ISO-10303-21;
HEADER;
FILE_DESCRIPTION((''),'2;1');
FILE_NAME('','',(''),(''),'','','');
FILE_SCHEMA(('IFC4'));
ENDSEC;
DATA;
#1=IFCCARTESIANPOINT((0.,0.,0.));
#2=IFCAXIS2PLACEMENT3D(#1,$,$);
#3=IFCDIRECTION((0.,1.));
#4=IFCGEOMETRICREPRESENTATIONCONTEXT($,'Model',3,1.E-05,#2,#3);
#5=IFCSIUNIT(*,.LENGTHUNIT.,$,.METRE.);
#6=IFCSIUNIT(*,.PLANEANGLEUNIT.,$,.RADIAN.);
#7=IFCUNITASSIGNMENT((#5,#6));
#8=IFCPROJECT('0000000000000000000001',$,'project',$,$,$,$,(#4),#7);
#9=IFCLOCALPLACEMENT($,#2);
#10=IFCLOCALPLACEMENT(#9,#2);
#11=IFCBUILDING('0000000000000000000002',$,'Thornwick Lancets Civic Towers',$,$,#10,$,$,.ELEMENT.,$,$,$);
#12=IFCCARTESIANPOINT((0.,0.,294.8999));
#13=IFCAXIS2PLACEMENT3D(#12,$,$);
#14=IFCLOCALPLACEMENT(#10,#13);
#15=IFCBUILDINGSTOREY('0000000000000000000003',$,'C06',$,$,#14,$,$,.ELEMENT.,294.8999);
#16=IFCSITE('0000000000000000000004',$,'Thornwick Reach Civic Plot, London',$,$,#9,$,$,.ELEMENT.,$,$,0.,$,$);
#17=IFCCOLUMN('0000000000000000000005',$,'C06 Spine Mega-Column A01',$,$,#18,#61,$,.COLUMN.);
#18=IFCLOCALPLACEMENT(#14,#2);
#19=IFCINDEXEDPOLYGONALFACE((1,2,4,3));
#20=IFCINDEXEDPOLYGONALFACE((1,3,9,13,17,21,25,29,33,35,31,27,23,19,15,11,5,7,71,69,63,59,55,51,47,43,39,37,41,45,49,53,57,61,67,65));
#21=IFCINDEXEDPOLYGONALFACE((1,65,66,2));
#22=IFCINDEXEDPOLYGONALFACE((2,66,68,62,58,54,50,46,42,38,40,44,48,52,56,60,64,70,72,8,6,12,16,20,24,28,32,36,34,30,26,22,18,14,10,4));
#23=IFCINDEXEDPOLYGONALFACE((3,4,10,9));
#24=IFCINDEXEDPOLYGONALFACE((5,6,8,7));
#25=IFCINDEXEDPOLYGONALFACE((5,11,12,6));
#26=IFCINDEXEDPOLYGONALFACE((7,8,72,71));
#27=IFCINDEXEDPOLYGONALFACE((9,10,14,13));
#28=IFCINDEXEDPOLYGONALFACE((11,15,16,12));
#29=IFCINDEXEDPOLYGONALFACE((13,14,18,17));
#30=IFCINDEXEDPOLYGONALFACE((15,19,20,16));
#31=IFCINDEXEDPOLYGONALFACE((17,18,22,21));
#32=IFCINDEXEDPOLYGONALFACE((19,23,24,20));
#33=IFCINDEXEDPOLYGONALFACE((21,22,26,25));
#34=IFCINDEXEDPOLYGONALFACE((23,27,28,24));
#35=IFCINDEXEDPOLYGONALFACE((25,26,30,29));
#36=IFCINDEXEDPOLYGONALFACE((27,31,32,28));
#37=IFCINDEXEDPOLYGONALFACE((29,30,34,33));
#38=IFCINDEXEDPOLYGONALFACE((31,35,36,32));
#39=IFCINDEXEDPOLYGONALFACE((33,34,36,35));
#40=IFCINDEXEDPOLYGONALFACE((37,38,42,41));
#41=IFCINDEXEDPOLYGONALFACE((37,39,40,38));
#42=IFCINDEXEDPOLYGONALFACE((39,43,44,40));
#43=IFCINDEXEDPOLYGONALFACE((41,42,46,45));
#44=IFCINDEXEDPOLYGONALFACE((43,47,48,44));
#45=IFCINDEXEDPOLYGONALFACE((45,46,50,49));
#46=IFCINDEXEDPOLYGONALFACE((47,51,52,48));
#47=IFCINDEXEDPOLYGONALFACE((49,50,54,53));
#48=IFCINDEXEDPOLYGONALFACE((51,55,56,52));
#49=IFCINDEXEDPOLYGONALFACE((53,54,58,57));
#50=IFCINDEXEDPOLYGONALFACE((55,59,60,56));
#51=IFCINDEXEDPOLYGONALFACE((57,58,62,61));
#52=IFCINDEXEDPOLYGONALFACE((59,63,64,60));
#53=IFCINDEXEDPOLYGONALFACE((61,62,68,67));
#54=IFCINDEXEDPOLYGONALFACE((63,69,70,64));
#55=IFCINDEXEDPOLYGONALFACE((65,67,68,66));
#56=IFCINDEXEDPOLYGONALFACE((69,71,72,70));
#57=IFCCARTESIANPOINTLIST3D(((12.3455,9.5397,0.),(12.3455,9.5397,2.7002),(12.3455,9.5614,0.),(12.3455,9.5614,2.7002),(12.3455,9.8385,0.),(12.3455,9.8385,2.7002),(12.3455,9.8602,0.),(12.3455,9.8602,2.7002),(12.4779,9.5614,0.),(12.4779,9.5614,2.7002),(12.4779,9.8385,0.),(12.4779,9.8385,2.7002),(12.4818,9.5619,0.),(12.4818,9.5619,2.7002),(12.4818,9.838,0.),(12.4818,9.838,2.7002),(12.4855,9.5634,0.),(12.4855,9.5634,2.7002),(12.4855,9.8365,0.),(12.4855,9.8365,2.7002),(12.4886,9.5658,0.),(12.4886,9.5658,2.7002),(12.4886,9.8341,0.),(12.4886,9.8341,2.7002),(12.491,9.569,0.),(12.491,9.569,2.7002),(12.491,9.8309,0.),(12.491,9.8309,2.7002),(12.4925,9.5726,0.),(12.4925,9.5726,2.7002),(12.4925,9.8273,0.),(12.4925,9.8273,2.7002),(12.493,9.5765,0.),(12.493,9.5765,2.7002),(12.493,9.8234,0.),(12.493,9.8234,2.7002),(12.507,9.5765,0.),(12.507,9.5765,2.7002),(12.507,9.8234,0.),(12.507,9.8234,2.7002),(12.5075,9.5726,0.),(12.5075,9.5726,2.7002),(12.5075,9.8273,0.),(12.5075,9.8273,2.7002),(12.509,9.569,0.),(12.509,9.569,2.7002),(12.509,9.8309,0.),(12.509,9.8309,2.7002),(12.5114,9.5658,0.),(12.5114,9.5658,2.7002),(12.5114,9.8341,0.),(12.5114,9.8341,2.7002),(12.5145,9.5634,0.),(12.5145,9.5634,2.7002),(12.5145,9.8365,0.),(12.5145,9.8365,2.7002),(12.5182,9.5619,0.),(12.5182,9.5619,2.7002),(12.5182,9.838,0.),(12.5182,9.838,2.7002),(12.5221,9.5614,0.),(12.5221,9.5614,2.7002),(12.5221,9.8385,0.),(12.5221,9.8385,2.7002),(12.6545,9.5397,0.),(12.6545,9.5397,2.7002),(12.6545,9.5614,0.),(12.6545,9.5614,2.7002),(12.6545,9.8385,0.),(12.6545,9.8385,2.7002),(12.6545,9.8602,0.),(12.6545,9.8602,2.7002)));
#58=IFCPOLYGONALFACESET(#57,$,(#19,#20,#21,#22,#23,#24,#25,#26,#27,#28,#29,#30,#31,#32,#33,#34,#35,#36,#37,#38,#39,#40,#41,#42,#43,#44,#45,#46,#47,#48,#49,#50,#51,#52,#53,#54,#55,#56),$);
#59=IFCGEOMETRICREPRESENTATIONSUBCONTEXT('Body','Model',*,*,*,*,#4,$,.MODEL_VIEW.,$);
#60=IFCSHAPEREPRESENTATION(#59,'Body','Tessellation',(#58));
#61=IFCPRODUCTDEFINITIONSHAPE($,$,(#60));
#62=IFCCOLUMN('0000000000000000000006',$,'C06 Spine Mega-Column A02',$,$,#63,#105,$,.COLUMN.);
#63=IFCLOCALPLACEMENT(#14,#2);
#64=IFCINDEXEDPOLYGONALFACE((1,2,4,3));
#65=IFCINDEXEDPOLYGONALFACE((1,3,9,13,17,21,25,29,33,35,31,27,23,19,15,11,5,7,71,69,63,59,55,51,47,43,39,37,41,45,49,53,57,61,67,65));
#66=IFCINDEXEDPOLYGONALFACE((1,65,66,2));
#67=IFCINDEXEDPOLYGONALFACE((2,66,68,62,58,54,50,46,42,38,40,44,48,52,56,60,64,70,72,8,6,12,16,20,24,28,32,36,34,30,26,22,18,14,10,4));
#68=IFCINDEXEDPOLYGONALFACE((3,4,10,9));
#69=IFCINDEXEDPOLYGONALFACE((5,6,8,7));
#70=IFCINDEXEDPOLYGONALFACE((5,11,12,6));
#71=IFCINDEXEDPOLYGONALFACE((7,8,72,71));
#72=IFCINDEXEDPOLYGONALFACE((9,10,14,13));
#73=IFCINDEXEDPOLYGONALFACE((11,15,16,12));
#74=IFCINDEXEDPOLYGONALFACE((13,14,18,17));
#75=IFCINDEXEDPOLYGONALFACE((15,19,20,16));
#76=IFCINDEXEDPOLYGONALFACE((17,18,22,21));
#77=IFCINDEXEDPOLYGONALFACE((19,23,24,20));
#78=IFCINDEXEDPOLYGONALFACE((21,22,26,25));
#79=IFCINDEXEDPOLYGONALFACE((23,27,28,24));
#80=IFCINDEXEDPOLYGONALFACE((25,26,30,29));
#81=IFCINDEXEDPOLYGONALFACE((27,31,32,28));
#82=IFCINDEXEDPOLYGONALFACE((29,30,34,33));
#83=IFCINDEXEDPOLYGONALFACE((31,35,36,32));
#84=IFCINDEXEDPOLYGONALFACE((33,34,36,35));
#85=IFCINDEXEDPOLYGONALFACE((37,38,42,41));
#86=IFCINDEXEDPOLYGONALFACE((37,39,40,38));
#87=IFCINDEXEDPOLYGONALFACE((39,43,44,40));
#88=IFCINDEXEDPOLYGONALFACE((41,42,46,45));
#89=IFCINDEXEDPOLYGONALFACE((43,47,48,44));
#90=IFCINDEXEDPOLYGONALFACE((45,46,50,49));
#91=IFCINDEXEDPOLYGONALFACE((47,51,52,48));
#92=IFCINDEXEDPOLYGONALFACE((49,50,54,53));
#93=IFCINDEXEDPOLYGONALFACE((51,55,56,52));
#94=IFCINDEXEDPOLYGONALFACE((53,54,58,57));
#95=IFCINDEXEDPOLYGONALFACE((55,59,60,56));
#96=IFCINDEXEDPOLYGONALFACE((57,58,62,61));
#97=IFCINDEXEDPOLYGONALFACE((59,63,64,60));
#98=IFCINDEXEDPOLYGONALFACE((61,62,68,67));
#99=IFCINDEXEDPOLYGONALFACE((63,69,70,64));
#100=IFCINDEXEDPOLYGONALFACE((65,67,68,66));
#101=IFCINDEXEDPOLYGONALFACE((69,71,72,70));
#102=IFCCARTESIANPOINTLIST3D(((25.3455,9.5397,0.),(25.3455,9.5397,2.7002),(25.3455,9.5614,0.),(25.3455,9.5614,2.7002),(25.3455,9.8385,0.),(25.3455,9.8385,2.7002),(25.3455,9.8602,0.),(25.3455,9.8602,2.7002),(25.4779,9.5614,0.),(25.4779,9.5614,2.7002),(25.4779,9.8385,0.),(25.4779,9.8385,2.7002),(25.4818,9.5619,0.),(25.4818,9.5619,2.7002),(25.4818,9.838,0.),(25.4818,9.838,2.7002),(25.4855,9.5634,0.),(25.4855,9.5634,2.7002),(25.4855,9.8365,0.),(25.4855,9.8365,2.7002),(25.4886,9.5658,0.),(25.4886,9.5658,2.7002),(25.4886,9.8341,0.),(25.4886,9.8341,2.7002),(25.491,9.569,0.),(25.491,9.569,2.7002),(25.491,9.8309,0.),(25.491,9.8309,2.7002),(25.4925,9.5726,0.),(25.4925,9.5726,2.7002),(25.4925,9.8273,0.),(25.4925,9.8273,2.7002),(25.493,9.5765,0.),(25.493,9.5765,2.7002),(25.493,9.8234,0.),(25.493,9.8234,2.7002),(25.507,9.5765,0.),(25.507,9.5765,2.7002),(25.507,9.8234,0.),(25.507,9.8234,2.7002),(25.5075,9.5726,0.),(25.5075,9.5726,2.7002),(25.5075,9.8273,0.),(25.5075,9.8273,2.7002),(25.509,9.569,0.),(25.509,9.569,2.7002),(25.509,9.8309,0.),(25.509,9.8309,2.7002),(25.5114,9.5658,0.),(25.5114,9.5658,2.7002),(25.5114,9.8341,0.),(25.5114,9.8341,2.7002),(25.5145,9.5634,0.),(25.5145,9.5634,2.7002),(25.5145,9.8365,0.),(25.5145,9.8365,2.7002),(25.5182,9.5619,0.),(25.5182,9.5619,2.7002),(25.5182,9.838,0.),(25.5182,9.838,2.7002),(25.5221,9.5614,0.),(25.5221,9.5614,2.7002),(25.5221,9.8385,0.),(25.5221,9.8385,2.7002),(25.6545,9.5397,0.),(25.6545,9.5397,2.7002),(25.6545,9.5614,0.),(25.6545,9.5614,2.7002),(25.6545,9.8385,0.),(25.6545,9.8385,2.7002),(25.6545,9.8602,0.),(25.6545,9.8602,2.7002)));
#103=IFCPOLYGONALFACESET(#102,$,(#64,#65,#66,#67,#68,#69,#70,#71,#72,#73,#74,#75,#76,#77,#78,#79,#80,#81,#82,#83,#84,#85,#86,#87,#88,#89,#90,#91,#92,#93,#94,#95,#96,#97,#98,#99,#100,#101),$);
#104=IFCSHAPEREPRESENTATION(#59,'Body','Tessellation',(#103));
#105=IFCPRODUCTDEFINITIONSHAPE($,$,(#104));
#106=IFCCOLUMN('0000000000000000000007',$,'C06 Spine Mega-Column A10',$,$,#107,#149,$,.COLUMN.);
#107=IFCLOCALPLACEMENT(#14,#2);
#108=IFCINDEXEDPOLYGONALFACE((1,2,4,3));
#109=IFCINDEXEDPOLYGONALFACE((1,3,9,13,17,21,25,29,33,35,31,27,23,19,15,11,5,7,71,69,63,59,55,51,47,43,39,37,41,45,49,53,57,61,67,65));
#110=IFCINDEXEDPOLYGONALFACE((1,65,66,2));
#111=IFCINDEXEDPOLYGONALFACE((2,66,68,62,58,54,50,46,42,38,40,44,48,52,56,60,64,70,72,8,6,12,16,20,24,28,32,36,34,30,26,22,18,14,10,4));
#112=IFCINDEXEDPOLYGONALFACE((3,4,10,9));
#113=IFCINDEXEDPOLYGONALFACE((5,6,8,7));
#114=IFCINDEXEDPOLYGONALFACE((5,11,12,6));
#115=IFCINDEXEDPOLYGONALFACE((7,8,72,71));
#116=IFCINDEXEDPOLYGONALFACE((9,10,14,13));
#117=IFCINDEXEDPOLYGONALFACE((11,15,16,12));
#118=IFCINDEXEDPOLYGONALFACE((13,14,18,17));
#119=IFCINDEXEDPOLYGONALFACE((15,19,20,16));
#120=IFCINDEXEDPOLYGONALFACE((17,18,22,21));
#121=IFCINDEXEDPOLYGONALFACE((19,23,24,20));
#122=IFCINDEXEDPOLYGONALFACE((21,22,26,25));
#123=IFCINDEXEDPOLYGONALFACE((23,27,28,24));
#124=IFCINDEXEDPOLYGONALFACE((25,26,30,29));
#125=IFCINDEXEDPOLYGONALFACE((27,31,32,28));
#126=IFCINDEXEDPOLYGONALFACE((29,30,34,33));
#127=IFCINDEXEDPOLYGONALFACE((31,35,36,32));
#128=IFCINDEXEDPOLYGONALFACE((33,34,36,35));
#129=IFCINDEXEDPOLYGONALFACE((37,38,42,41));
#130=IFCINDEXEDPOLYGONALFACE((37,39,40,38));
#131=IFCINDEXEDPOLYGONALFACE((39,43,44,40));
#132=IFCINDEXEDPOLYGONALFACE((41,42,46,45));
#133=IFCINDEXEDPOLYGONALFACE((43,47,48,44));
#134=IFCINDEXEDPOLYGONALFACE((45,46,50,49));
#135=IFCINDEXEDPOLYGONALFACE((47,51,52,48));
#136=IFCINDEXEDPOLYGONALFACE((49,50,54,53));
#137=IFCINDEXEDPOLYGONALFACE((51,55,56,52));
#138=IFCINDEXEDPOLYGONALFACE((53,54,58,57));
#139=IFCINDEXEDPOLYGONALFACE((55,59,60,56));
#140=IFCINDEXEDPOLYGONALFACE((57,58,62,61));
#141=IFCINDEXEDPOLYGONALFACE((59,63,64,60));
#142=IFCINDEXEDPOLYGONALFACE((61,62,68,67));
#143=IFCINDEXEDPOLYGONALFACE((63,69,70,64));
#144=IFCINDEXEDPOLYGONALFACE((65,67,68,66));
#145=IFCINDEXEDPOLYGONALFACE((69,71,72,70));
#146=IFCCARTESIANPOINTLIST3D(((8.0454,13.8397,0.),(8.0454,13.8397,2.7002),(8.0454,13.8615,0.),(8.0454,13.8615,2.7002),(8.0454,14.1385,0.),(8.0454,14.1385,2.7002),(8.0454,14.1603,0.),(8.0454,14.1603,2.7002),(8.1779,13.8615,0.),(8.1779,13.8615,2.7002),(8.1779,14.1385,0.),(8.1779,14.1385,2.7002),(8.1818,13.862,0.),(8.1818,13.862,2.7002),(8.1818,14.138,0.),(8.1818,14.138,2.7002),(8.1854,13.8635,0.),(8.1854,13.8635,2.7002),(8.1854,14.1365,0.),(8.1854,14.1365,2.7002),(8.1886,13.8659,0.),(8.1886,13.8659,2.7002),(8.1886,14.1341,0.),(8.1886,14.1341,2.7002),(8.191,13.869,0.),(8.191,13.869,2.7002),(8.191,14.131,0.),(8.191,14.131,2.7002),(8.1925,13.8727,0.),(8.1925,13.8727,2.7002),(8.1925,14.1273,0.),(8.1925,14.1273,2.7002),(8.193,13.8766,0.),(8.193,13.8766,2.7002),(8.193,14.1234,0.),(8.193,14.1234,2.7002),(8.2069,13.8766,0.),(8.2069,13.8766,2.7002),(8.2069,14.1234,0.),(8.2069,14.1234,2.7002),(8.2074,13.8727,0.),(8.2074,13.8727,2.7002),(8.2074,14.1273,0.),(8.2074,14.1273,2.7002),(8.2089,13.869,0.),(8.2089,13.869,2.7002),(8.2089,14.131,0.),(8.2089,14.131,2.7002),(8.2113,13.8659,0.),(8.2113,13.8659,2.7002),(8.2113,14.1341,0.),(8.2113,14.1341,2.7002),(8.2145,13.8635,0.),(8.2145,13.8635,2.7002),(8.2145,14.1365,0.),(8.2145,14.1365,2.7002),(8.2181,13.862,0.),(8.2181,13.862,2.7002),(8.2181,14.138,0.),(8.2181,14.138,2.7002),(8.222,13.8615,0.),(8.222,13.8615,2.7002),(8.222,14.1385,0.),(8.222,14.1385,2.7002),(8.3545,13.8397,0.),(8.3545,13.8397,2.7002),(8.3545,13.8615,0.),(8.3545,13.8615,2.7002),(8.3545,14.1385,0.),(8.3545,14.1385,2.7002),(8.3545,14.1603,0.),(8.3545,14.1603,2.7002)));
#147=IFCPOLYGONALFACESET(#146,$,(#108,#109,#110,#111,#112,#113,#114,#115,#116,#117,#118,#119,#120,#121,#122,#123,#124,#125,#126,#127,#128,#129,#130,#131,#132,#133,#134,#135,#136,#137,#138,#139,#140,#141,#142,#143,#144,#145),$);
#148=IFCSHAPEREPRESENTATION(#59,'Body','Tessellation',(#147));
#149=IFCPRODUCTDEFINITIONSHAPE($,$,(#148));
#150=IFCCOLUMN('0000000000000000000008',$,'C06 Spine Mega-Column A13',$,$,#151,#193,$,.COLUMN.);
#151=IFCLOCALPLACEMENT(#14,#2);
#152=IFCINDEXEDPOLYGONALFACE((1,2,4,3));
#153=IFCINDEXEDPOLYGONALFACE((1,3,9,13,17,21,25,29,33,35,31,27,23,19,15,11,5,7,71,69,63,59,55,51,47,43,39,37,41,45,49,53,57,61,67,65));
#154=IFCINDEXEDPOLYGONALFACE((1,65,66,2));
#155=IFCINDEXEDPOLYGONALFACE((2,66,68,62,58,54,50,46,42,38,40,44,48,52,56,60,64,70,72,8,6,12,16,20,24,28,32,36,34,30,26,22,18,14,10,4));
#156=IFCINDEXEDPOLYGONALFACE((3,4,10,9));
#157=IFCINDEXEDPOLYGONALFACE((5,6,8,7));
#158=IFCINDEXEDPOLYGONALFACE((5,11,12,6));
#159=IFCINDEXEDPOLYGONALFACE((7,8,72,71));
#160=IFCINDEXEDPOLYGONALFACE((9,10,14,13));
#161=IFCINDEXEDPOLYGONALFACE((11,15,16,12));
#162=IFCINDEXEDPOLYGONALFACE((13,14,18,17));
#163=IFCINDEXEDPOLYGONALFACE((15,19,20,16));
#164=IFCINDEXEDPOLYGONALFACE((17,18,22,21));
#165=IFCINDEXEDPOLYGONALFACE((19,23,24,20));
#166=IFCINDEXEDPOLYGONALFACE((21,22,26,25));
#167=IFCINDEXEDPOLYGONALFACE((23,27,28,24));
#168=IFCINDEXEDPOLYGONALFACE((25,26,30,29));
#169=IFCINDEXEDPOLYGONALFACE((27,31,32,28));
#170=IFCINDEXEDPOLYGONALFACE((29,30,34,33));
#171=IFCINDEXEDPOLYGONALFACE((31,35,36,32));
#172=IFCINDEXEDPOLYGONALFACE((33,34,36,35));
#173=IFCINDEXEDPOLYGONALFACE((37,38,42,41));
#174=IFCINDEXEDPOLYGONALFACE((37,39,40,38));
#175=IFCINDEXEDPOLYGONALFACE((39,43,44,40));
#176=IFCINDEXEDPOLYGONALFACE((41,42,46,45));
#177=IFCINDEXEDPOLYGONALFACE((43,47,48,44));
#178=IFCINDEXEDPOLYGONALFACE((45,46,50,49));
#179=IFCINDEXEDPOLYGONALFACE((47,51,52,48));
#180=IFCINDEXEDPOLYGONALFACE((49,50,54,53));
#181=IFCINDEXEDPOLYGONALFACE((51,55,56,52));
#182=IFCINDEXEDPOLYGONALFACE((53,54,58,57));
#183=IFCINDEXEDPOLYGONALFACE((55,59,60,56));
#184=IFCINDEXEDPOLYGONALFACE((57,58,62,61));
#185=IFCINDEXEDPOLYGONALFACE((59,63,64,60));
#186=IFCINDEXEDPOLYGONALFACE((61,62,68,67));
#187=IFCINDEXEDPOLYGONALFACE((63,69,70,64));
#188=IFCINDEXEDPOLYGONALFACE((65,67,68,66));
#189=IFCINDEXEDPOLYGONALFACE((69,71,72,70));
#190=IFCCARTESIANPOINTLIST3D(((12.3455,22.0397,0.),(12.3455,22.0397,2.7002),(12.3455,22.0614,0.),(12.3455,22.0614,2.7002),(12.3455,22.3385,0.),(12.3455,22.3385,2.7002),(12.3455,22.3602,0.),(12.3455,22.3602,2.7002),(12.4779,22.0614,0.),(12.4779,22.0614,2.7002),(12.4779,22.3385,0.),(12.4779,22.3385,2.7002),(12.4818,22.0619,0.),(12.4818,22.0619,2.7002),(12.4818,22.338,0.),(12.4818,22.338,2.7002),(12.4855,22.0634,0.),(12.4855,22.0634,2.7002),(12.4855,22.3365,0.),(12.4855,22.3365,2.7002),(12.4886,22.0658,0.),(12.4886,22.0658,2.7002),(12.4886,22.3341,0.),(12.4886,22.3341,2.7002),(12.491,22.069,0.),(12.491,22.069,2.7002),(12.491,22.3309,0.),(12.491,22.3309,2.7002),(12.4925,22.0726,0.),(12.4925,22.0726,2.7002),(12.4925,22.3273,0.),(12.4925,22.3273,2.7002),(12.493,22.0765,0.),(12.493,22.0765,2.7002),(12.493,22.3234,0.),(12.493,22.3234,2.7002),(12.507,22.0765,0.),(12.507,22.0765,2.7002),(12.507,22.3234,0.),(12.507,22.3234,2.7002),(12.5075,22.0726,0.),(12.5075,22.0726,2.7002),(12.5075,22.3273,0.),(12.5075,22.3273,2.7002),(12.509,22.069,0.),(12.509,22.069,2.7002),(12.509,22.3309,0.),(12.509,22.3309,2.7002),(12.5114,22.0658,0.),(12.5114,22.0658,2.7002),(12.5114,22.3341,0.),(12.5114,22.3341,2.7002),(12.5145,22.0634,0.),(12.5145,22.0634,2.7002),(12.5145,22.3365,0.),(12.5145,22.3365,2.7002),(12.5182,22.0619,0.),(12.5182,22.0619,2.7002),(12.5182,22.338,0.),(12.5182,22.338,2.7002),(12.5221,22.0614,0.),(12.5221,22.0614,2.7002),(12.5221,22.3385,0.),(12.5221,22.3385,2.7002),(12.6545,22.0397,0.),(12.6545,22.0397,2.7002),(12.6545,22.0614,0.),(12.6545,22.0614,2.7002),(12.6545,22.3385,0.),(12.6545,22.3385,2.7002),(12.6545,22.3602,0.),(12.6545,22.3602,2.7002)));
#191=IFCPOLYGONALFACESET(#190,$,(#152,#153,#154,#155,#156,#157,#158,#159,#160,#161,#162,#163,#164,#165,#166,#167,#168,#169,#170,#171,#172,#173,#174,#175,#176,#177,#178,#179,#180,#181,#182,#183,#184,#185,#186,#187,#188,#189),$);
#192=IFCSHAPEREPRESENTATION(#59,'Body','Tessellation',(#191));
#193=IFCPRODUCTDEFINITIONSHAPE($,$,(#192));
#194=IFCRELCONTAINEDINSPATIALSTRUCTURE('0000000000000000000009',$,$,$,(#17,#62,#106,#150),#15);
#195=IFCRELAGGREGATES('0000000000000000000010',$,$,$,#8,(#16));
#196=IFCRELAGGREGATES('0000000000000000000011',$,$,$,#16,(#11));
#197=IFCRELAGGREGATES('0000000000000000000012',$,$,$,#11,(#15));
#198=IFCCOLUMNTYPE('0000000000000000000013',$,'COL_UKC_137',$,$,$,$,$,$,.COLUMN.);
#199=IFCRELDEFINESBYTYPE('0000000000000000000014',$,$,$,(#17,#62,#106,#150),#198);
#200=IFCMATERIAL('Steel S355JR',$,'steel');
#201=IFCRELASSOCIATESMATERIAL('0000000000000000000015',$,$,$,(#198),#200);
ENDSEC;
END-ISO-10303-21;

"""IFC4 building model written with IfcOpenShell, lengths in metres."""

from ifc_helpers import new_model, si_unit, direction, frame, origin, origin_2d, place, context, subcontext, project, spatial, i_section, extrude, material, material_profile, profile_set, type_object, element, save


model = new_model("IFC4")

# Units and contexts
model_context = context("Model", 3, precision=1e-05, world=origin(), true_north=direction((0.0, 1.0)))
body_context = subcontext(model_context, "Body", "Model", "MODEL_VIEW")
ifc_project = project(units=[si_unit("LENGTHUNIT", "METRE"), si_unit("PLANEANGLEUNIT", "RADIAN")], contexts=[model_context])

# Site, building, storey
site_placement = place(None, origin())
site = spatial("IfcSite", under=ifc_project, at=site_placement, Name="Thornwick Reach Civic Plot, London", CompositionType="ELEMENT", RefElevation=0.0)
building_placement = place(site_placement, origin())
building = spatial("IfcBuilding", under=site, at=building_placement, Name="Thornwick Lancets Civic Towers", CompositionType="ELEMENT")
storey_placement = place(building_placement, frame((0.0, 0.0, 294.8999)))
storey = spatial("IfcBuildingStorey", under=building, at=storey_placement, Name="C06", CompositionType="ELEMENT", Elevation=294.8999)

# Columns
ifc_material_1 = material(Name="Steel S355JR", Category="steel")
ifc_material_profile_1 = material_profile(ifc_material_1, i_section(OverallWidth=0.3091, OverallDepth=0.3206, WebThickness=0.0139, FlangeThickness=0.0217, FilletRadius=0.0151, at=origin_2d()), Name="UKC 305x305x137")
ifc_profile_set_1 = profile_set([ifc_material_profile_1], Name="Steel S355JR")
column_type_1 = type_object("IfcColumnType", Name="COL_UKC_137", PredefinedType="COLUMN", material=ifc_profile_set_1)
for number, where, z_axis, x_axis, name in (
    (1, (12.5, 9.7, 0.0), (0.0, 0.0, 1.0), (1.0, 0.0, 0.0), "C06 Spine Mega-Column A01"),
    (2, (25.5, 9.7, 0.0), (0.0, 0.0, 1.0), (1.0, 0.0, 0.0), "C06 Spine Mega-Column A02"),
    (3, (8.2, 14.0, 0.0), (0.0, 0.0, 1.0), (1.0, 0.0, 0.0), "C06 Spine Mega-Column A10"),
    (4, (12.5, 22.2, 0.0), (0.0, 0.0, 1.0), (1.0, 0.0, 0.0), "C06 Spine Mega-Column A13"),
):
    element("IfcColumn", number, at=place(storey_placement, frame(where, z_axis=z_axis, x_axis=x_axis)), inside=storey, type_object=column_type_1, Name=name, PredefinedType="COLUMN", context=body_context, shape_type="SweptSolid", body=[
        extrude(i_section(OverallWidth=0.3091, OverallDepth=0.3206, WebThickness=0.0139, FlangeThickness=0.0217, FilletRadius=0.0151, at=origin_2d()), origin(), (0.0, 0.0, 1.0), 2.7002),
    ])

save(model, "model.ifc")
